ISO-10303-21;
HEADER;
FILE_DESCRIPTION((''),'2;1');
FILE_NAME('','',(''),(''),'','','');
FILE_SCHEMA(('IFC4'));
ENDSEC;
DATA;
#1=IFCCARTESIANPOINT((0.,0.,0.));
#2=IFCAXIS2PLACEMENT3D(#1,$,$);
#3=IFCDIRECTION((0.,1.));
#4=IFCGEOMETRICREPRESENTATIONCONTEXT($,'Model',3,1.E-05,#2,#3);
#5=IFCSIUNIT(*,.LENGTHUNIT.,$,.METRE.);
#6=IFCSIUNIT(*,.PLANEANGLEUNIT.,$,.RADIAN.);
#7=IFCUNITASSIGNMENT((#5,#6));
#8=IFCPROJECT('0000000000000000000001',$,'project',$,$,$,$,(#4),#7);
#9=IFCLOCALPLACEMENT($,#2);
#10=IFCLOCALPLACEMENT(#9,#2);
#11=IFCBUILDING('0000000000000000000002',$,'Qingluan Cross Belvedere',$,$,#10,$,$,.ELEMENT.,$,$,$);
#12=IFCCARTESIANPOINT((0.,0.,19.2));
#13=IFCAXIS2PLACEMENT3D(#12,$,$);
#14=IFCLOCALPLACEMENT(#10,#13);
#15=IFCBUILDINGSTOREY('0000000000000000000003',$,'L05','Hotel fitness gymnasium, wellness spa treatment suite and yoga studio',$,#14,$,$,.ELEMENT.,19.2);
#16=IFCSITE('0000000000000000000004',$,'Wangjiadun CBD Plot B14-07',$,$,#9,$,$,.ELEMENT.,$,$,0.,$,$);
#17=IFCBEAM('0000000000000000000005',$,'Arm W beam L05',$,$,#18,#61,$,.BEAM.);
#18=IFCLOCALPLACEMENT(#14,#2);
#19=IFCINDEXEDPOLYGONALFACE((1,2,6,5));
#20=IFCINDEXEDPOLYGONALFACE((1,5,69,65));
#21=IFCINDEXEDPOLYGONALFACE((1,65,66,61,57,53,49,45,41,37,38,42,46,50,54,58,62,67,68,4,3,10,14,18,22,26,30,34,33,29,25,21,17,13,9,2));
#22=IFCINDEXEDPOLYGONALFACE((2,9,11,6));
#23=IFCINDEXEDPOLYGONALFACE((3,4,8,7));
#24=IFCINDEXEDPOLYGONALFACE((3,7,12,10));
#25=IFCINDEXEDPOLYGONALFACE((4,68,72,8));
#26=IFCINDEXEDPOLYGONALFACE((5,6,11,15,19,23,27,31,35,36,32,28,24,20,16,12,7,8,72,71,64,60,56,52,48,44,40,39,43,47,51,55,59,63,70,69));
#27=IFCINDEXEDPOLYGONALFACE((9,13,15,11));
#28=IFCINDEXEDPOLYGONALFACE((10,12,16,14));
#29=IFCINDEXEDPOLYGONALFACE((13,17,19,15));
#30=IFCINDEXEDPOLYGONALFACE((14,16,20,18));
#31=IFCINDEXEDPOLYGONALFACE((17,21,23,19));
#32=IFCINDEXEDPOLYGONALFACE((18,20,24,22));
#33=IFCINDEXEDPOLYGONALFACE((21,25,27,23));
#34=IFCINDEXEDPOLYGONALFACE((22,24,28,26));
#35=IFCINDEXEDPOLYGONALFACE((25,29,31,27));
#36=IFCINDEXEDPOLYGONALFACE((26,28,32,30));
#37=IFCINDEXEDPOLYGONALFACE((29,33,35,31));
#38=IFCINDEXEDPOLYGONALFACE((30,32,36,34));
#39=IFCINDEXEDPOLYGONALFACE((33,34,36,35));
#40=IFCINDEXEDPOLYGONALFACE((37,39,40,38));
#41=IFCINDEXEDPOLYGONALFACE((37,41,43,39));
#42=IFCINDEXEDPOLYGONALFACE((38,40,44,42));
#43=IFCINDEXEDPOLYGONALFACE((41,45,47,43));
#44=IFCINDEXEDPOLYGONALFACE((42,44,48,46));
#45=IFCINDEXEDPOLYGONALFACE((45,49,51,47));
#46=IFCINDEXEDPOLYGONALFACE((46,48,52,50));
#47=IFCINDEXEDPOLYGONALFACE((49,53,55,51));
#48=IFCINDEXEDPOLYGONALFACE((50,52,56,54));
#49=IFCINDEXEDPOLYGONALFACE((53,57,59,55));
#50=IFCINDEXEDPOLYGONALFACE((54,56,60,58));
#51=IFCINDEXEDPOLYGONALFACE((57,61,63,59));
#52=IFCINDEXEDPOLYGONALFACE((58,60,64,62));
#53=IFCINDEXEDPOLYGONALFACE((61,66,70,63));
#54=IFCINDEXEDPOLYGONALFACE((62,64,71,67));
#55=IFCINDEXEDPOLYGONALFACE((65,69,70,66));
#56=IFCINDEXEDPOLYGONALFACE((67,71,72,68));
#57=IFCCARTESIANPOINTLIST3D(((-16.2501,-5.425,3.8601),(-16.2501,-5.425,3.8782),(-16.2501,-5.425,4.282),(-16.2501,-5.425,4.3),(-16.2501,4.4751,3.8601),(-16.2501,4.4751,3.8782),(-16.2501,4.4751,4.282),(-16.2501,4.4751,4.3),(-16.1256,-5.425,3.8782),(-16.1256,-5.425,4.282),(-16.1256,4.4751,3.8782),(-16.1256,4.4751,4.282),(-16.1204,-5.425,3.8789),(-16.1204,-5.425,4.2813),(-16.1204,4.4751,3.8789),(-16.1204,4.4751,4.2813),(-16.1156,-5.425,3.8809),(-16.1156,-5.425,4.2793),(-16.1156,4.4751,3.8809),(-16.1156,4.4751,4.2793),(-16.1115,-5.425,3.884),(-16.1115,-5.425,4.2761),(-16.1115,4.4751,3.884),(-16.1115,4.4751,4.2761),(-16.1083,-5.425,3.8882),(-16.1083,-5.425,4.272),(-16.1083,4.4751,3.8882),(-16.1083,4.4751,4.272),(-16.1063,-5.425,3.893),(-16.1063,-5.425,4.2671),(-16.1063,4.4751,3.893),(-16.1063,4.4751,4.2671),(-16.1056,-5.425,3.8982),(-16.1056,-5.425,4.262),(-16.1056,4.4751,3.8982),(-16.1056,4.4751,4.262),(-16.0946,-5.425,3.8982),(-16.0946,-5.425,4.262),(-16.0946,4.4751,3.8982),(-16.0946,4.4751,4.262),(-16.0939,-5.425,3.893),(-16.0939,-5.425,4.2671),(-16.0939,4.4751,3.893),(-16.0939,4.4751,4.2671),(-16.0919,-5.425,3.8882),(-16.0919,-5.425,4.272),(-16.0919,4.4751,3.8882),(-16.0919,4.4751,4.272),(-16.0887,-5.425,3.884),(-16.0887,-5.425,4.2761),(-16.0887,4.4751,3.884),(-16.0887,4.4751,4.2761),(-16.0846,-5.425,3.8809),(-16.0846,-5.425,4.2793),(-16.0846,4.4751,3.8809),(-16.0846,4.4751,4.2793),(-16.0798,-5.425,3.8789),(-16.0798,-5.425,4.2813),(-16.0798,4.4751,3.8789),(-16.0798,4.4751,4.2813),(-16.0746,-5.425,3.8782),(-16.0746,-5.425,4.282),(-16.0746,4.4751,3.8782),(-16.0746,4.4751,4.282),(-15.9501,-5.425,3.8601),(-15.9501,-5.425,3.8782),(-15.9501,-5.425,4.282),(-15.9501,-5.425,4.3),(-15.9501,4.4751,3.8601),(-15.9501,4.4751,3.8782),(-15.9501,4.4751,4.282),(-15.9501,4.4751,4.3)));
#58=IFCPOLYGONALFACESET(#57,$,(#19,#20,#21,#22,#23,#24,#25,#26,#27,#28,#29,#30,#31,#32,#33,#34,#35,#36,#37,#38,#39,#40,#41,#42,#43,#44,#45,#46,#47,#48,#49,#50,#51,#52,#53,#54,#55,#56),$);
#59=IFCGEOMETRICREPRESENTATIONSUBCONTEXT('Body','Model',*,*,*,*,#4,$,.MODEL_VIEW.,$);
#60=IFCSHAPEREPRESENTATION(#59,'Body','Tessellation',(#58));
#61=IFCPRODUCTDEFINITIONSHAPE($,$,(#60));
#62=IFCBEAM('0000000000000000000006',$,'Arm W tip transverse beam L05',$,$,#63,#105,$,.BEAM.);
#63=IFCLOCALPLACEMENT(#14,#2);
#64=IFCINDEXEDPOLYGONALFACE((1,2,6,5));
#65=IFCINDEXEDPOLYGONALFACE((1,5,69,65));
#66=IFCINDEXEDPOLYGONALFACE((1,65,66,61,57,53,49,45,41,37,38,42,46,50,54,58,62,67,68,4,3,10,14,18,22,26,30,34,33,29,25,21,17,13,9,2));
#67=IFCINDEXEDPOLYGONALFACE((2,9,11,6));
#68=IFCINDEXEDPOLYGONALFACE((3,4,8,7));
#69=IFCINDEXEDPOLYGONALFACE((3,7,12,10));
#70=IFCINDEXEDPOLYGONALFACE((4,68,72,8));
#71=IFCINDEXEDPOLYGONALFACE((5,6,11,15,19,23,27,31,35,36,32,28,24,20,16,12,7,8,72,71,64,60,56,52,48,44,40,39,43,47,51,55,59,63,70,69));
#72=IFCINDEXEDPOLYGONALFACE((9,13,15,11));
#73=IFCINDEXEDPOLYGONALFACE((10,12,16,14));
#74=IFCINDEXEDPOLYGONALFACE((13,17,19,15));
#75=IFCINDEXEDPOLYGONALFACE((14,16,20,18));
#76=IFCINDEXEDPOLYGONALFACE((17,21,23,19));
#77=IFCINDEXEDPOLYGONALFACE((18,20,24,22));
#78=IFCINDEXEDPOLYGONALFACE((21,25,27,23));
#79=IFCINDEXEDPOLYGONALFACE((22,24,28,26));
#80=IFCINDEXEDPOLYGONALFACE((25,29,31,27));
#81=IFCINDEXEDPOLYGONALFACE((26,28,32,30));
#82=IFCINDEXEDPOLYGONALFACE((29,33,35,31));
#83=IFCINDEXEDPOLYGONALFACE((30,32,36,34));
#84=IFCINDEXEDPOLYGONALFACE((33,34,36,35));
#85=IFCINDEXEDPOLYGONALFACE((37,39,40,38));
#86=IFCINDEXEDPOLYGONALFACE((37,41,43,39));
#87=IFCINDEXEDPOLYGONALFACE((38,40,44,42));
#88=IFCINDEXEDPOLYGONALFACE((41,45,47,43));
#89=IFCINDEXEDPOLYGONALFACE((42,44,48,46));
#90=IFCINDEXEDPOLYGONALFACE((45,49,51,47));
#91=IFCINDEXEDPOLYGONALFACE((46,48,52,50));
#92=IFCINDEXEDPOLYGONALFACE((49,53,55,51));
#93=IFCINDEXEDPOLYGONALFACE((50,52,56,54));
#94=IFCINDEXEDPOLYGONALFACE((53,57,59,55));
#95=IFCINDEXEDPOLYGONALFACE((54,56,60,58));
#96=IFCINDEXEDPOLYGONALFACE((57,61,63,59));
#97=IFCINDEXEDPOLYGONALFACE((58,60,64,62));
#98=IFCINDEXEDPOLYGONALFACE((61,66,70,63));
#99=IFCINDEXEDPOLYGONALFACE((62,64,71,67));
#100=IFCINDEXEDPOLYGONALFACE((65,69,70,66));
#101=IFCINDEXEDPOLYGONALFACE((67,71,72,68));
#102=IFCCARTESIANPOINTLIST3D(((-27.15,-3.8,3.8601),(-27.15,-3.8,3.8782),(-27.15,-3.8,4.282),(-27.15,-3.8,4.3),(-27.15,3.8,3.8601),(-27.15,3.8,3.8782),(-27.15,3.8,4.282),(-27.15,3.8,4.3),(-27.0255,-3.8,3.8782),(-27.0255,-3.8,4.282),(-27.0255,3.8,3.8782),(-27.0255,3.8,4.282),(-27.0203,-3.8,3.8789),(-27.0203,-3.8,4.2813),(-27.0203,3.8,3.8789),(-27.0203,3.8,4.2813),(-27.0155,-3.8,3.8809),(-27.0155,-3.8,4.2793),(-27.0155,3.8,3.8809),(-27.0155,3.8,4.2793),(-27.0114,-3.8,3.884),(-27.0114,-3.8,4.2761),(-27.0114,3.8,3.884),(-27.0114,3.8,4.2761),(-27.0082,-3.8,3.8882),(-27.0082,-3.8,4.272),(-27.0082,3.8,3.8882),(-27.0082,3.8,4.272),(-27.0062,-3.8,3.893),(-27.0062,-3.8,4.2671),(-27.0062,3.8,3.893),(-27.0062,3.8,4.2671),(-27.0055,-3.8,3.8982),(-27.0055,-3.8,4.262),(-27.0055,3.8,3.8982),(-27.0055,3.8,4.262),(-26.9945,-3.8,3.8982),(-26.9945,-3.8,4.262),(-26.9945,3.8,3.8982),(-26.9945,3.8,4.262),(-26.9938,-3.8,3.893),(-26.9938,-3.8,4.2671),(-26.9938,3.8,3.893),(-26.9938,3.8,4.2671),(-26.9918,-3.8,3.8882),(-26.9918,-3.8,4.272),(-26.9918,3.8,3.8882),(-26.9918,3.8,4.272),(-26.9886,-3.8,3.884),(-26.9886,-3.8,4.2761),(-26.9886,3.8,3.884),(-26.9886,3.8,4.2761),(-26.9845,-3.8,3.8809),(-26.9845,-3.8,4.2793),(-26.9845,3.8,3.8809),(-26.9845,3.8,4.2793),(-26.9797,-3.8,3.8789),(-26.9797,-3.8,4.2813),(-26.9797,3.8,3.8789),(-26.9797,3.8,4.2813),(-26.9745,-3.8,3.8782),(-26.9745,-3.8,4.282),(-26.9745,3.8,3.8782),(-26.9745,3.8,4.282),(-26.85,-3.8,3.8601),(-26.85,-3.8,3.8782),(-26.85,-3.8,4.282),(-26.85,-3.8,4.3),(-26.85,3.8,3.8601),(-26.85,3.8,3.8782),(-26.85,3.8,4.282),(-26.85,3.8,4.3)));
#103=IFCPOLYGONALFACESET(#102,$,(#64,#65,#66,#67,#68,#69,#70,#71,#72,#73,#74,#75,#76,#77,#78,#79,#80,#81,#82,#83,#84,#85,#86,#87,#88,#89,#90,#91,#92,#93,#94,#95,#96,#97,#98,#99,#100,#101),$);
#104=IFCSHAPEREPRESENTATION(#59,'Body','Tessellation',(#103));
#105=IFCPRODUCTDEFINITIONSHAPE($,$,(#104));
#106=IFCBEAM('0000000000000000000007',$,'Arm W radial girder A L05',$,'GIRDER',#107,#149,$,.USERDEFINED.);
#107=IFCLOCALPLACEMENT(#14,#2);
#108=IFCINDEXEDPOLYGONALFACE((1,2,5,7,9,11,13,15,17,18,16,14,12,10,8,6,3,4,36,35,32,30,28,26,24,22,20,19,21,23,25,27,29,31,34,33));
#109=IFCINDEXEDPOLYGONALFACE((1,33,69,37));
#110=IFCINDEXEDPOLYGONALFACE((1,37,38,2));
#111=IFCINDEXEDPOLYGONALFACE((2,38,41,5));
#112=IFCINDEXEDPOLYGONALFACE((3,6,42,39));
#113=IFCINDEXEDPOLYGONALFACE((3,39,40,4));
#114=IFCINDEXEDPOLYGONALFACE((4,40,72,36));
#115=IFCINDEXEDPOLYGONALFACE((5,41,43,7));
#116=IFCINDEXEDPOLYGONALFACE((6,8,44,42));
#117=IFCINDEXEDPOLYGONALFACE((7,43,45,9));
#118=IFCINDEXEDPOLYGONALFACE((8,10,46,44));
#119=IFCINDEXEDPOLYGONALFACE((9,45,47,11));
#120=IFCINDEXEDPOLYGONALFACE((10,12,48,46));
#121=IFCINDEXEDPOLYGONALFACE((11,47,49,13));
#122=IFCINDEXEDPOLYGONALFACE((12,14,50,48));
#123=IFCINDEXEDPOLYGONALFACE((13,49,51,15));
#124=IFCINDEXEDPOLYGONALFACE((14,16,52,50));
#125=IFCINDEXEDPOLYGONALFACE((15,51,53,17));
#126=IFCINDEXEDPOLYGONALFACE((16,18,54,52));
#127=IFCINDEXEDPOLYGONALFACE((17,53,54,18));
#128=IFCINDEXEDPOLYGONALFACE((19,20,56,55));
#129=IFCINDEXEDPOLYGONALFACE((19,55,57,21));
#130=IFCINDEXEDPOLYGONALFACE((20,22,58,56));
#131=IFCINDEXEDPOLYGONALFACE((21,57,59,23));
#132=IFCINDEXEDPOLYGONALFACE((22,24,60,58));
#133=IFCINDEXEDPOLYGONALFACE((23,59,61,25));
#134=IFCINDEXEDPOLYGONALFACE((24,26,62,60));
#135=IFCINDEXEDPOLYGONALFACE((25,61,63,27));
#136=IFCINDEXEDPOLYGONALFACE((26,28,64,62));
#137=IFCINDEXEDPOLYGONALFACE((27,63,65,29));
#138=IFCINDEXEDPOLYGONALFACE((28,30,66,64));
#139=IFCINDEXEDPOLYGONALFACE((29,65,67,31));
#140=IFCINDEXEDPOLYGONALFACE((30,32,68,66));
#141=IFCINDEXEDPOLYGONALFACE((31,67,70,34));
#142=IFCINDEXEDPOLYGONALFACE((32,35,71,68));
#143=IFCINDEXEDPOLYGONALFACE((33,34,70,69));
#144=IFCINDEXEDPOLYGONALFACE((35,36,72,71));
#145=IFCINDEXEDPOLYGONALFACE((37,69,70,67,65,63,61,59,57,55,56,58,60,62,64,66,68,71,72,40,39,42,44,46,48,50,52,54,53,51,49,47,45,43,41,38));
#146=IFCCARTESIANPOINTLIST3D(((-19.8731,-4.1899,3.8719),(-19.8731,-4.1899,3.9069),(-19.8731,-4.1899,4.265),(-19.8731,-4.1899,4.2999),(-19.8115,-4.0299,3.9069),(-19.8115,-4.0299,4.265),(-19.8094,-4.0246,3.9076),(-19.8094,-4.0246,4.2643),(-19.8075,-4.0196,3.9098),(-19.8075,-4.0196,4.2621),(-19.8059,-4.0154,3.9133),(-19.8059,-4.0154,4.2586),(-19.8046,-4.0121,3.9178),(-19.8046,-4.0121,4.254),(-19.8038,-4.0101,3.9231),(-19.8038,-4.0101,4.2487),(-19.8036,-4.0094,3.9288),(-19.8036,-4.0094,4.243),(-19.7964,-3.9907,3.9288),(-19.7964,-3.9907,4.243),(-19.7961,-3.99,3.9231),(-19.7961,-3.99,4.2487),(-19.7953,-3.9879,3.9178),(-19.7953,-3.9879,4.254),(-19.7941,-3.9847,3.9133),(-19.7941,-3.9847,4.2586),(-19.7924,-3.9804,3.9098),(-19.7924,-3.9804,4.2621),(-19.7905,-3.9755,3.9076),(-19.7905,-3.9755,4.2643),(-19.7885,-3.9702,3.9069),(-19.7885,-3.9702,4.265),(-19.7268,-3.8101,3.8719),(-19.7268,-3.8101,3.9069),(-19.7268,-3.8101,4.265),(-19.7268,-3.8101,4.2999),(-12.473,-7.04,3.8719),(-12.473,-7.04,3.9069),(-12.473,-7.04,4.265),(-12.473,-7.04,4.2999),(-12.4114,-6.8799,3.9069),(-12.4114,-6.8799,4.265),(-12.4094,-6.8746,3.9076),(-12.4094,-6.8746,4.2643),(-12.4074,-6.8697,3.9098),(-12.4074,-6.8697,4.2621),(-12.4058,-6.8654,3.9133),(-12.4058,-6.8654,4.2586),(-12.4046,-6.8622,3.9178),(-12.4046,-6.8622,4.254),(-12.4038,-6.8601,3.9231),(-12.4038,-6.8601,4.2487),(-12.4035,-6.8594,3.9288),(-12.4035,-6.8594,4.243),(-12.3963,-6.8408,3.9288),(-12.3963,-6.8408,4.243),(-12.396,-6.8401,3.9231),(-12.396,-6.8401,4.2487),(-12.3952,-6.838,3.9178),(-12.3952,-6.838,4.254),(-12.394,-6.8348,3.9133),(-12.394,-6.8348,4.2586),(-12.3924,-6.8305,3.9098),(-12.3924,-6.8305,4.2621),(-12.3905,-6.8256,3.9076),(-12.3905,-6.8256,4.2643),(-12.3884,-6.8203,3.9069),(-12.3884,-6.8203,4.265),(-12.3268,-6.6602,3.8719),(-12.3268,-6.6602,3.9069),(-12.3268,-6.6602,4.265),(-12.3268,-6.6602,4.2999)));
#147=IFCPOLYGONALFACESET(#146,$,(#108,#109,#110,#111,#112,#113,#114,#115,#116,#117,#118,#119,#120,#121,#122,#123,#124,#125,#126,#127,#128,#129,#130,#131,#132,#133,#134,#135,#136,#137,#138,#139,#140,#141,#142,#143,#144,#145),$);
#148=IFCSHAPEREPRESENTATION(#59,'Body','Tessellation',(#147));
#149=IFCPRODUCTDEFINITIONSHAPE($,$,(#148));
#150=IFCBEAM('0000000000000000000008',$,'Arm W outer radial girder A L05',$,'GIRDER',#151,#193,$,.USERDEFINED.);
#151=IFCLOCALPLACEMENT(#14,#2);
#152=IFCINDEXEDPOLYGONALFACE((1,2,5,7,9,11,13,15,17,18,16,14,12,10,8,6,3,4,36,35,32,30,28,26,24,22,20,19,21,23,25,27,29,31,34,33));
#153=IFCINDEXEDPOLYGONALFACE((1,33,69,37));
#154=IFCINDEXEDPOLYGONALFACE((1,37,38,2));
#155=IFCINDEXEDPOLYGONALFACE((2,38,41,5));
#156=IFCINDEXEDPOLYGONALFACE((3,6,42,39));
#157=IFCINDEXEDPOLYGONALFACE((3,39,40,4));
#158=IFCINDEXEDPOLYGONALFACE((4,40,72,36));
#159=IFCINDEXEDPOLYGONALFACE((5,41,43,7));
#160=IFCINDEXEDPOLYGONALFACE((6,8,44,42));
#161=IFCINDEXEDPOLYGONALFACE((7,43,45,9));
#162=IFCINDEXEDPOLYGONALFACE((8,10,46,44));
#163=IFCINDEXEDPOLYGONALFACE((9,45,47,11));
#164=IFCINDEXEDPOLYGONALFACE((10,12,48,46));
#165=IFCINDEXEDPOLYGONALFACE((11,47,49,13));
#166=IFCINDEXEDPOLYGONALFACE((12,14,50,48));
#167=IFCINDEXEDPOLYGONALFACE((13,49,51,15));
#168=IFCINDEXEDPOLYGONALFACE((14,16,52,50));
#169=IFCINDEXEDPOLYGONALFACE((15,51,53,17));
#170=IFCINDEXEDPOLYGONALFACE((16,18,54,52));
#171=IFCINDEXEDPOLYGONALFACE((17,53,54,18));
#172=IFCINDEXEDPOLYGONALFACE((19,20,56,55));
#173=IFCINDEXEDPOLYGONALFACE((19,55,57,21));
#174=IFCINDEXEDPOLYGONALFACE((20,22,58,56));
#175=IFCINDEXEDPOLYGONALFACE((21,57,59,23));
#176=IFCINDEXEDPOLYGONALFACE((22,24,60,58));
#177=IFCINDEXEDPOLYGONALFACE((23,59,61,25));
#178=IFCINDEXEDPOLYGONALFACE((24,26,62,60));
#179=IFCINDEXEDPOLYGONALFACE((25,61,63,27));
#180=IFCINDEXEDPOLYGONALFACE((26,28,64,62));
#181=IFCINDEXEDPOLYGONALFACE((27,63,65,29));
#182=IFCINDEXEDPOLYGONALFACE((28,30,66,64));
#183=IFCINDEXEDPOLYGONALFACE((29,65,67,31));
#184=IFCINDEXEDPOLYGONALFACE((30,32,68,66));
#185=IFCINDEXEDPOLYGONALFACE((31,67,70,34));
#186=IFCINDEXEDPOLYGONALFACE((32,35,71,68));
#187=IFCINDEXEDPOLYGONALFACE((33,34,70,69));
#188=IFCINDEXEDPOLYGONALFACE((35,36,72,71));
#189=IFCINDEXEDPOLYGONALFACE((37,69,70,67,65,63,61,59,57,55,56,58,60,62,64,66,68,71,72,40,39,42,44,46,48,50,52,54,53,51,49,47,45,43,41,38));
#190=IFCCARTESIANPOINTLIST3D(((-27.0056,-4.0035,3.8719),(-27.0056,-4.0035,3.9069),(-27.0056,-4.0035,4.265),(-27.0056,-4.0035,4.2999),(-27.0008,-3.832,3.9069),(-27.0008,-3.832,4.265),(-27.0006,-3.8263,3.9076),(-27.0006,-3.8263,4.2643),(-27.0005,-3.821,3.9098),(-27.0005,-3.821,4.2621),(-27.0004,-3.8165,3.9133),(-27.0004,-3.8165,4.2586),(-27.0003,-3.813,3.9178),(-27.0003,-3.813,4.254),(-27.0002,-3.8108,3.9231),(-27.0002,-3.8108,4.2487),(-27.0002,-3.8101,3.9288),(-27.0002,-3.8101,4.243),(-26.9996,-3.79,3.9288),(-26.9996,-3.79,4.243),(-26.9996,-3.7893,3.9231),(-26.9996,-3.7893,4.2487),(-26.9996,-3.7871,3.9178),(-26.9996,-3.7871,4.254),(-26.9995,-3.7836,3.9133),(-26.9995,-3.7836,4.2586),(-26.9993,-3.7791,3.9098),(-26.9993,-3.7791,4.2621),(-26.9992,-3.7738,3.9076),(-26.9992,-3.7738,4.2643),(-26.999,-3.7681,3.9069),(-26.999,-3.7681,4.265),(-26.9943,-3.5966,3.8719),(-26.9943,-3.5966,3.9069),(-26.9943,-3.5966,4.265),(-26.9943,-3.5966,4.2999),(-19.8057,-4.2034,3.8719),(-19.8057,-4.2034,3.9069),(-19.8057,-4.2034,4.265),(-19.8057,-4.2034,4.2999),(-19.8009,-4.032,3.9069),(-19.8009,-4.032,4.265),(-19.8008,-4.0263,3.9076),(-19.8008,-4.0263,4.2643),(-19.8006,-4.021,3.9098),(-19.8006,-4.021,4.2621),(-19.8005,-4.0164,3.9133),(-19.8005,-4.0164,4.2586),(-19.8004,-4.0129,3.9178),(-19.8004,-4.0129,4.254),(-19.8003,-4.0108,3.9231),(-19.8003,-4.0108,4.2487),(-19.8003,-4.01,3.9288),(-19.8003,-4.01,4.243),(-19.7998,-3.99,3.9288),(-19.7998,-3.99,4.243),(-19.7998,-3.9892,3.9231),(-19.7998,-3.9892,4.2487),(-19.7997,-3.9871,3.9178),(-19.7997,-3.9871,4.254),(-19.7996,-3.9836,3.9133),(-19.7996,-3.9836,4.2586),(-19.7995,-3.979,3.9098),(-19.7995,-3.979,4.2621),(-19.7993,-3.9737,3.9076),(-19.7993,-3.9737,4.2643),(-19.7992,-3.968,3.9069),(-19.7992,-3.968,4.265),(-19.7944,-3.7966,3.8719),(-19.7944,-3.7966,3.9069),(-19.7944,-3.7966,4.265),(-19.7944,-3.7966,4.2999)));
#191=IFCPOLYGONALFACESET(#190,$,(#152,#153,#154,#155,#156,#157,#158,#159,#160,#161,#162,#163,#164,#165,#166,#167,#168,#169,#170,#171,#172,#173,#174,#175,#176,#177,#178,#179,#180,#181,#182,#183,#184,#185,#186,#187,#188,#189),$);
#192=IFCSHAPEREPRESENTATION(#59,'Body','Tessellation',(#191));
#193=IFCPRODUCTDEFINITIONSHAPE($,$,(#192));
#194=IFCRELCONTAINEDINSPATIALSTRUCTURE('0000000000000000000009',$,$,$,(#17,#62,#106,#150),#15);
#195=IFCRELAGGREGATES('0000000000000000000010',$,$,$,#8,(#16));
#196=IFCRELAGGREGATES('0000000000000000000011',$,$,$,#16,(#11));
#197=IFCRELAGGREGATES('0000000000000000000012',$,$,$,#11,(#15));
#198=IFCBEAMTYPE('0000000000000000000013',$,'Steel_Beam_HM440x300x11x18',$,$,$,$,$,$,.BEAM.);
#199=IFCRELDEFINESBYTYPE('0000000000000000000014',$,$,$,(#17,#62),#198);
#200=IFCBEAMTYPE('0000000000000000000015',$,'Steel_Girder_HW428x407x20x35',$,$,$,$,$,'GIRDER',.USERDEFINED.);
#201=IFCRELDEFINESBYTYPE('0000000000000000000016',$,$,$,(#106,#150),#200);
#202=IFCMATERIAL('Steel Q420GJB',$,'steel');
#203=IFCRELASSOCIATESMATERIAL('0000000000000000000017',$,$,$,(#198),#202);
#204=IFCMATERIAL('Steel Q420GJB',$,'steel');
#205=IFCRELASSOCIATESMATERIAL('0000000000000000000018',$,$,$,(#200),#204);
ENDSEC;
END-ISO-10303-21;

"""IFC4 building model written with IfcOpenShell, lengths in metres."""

from ifc_helpers import new_model, si_unit, direction, frame, origin, origin_2d, place, context, subcontext, project, spatial, i_section, extrude, material, material_profile, profile_set, type_object, element, save


model = new_model("IFC4")

# Units and contexts
model_context = context("Model", 3, precision=1e-05, world=origin(), true_north=direction((0.0, 1.0)))
body_context = subcontext(model_context, "Body", "Model", "MODEL_VIEW")
ifc_project = project(units=[si_unit("LENGTHUNIT", "METRE"), si_unit("PLANEANGLEUNIT", "RADIAN")], contexts=[model_context])

# Site, building, storey
site_placement = place(None, origin())
site = spatial("IfcSite", under=ifc_project, at=site_placement, Name="Wangjiadun CBD Plot B14-07", CompositionType="ELEMENT", RefElevation=0.0)
building_placement = place(site_placement, origin())
building = spatial("IfcBuilding", under=site, at=building_placement, Name="Qingluan Cross Belvedere", CompositionType="ELEMENT")
storey_placement = place(building_placement, frame((0.0, 0.0, 19.2)))
storey = spatial("IfcBuildingStorey", under=building, at=storey_placement, Name="L05", Description="Hotel fitness gymnasium, wellness spa treatment suite and yoga studio", CompositionType="ELEMENT", Elevation=19.2)

# Beams
ifc_material_1 = material(Name="Steel Q420GJB", Category="steel")
ifc_material_profile_1 = material_profile(ifc_material_1, i_section(OverallWidth=0.3, OverallDepth=0.4399, WebThickness=0.011, FlangeThickness=0.0181, FilletRadius=0.02, at=origin_2d()), Name="HM440x300x11x18")
ifc_profile_set_1 = profile_set([ifc_material_profile_1], Name="Steel Q420GJB")
beam_type_1 = type_object("IfcBeamType", Name="Steel_Beam_HM440x300x11x18", PredefinedType="BEAM", material=ifc_profile_set_1)
beam_1_placement = place(storey_placement, frame((-16.1001, -5.425, 4.0801), z_axis=(0.0, 1.0, 0.0), x_axis=(-1.0, 0.0, 0.0)))
element("IfcBeam", 1, at=beam_1_placement, inside=storey, type_object=beam_type_1, Name="Arm W beam L05", PredefinedType="BEAM", context=body_context, shape_type="SweptSolid", body=[
    extrude(i_section(OverallWidth=0.3, OverallDepth=0.4399, WebThickness=0.011, FlangeThickness=0.0181, FilletRadius=0.02, at=origin_2d()), origin(), (0.0, 0.0, 1.0), 9.9001),
])
beam_2_placement = place(storey_placement, frame((-27.0, -3.8, 4.0801), z_axis=(0.0, 1.0, 0.0), x_axis=(-1.0, 0.0, 0.0)))
element("IfcBeam", 2, at=beam_2_placement, inside=storey, type_object=beam_type_1, Name="Arm W tip transverse beam L05", PredefinedType="BEAM", context=body_context, shape_type="SweptSolid", body=[
    extrude(i_section(OverallWidth=0.3, OverallDepth=0.4399, WebThickness=0.011, FlangeThickness=0.0181, FilletRadius=0.02, at=origin_2d()), origin(), (0.0, 0.0, 1.0), 7.6001),
])
ifc_material_2 = material(Name="Steel Q420GJB", Category="steel")
ifc_material_profile_2 = material_profile(ifc_material_2, i_section(OverallWidth=0.407, OverallDepth=0.428, WebThickness=0.02, FlangeThickness=0.0349, FilletRadius=0.022, at=origin_2d()), Name="HW428x407x20x35")
ifc_profile_set_2 = profile_set([ifc_material_profile_2], Name="Steel Q420GJB")
beam_type_2 = type_object("IfcBeamType", Name="Steel_Girder_HW428x407x20x35", ElementType="GIRDER", PredefinedType="USERDEFINED", material=ifc_profile_set_2)
beam_3_placement = place(storey_placement, frame((-12.3999, -6.8501, 4.0859), z_axis=(-0.933181, 0.359406, 0.0), x_axis=(-0.359406, -0.933181, 0.0)))
element("IfcBeam", 3, at=beam_3_placement, inside=storey, type_object=beam_type_2, Name="Arm W radial girder A L05", ObjectType="GIRDER", PredefinedType="USERDEFINED", context=body_context, shape_type="SweptSolid", body=[
    extrude(i_section(OverallWidth=0.407, OverallDepth=0.428, WebThickness=0.02, FlangeThickness=0.0349, FilletRadius=0.022, at=origin_2d()), origin(), (0.0, 0.0, 1.0), 7.9299),
])
beam_4_placement = place(storey_placement, frame((-19.8, -4.0, 4.0859), z_axis=(-0.999615, 0.02776, 0.0), x_axis=(-0.02776, -0.999615, 0.0)))
element("IfcBeam", 4, at=beam_4_placement, inside=storey, type_object=beam_type_2, Name="Arm W outer radial girder A L05", ObjectType="GIRDER", PredefinedType="USERDEFINED", context=body_context, shape_type="SweptSolid", body=[
    extrude(i_section(OverallWidth=0.407, OverallDepth=0.428, WebThickness=0.02, FlangeThickness=0.0349, FilletRadius=0.022, at=origin_2d()), origin(), (0.0, 0.0, 1.0), 7.2026),
])

save(model, "model.ifc")
